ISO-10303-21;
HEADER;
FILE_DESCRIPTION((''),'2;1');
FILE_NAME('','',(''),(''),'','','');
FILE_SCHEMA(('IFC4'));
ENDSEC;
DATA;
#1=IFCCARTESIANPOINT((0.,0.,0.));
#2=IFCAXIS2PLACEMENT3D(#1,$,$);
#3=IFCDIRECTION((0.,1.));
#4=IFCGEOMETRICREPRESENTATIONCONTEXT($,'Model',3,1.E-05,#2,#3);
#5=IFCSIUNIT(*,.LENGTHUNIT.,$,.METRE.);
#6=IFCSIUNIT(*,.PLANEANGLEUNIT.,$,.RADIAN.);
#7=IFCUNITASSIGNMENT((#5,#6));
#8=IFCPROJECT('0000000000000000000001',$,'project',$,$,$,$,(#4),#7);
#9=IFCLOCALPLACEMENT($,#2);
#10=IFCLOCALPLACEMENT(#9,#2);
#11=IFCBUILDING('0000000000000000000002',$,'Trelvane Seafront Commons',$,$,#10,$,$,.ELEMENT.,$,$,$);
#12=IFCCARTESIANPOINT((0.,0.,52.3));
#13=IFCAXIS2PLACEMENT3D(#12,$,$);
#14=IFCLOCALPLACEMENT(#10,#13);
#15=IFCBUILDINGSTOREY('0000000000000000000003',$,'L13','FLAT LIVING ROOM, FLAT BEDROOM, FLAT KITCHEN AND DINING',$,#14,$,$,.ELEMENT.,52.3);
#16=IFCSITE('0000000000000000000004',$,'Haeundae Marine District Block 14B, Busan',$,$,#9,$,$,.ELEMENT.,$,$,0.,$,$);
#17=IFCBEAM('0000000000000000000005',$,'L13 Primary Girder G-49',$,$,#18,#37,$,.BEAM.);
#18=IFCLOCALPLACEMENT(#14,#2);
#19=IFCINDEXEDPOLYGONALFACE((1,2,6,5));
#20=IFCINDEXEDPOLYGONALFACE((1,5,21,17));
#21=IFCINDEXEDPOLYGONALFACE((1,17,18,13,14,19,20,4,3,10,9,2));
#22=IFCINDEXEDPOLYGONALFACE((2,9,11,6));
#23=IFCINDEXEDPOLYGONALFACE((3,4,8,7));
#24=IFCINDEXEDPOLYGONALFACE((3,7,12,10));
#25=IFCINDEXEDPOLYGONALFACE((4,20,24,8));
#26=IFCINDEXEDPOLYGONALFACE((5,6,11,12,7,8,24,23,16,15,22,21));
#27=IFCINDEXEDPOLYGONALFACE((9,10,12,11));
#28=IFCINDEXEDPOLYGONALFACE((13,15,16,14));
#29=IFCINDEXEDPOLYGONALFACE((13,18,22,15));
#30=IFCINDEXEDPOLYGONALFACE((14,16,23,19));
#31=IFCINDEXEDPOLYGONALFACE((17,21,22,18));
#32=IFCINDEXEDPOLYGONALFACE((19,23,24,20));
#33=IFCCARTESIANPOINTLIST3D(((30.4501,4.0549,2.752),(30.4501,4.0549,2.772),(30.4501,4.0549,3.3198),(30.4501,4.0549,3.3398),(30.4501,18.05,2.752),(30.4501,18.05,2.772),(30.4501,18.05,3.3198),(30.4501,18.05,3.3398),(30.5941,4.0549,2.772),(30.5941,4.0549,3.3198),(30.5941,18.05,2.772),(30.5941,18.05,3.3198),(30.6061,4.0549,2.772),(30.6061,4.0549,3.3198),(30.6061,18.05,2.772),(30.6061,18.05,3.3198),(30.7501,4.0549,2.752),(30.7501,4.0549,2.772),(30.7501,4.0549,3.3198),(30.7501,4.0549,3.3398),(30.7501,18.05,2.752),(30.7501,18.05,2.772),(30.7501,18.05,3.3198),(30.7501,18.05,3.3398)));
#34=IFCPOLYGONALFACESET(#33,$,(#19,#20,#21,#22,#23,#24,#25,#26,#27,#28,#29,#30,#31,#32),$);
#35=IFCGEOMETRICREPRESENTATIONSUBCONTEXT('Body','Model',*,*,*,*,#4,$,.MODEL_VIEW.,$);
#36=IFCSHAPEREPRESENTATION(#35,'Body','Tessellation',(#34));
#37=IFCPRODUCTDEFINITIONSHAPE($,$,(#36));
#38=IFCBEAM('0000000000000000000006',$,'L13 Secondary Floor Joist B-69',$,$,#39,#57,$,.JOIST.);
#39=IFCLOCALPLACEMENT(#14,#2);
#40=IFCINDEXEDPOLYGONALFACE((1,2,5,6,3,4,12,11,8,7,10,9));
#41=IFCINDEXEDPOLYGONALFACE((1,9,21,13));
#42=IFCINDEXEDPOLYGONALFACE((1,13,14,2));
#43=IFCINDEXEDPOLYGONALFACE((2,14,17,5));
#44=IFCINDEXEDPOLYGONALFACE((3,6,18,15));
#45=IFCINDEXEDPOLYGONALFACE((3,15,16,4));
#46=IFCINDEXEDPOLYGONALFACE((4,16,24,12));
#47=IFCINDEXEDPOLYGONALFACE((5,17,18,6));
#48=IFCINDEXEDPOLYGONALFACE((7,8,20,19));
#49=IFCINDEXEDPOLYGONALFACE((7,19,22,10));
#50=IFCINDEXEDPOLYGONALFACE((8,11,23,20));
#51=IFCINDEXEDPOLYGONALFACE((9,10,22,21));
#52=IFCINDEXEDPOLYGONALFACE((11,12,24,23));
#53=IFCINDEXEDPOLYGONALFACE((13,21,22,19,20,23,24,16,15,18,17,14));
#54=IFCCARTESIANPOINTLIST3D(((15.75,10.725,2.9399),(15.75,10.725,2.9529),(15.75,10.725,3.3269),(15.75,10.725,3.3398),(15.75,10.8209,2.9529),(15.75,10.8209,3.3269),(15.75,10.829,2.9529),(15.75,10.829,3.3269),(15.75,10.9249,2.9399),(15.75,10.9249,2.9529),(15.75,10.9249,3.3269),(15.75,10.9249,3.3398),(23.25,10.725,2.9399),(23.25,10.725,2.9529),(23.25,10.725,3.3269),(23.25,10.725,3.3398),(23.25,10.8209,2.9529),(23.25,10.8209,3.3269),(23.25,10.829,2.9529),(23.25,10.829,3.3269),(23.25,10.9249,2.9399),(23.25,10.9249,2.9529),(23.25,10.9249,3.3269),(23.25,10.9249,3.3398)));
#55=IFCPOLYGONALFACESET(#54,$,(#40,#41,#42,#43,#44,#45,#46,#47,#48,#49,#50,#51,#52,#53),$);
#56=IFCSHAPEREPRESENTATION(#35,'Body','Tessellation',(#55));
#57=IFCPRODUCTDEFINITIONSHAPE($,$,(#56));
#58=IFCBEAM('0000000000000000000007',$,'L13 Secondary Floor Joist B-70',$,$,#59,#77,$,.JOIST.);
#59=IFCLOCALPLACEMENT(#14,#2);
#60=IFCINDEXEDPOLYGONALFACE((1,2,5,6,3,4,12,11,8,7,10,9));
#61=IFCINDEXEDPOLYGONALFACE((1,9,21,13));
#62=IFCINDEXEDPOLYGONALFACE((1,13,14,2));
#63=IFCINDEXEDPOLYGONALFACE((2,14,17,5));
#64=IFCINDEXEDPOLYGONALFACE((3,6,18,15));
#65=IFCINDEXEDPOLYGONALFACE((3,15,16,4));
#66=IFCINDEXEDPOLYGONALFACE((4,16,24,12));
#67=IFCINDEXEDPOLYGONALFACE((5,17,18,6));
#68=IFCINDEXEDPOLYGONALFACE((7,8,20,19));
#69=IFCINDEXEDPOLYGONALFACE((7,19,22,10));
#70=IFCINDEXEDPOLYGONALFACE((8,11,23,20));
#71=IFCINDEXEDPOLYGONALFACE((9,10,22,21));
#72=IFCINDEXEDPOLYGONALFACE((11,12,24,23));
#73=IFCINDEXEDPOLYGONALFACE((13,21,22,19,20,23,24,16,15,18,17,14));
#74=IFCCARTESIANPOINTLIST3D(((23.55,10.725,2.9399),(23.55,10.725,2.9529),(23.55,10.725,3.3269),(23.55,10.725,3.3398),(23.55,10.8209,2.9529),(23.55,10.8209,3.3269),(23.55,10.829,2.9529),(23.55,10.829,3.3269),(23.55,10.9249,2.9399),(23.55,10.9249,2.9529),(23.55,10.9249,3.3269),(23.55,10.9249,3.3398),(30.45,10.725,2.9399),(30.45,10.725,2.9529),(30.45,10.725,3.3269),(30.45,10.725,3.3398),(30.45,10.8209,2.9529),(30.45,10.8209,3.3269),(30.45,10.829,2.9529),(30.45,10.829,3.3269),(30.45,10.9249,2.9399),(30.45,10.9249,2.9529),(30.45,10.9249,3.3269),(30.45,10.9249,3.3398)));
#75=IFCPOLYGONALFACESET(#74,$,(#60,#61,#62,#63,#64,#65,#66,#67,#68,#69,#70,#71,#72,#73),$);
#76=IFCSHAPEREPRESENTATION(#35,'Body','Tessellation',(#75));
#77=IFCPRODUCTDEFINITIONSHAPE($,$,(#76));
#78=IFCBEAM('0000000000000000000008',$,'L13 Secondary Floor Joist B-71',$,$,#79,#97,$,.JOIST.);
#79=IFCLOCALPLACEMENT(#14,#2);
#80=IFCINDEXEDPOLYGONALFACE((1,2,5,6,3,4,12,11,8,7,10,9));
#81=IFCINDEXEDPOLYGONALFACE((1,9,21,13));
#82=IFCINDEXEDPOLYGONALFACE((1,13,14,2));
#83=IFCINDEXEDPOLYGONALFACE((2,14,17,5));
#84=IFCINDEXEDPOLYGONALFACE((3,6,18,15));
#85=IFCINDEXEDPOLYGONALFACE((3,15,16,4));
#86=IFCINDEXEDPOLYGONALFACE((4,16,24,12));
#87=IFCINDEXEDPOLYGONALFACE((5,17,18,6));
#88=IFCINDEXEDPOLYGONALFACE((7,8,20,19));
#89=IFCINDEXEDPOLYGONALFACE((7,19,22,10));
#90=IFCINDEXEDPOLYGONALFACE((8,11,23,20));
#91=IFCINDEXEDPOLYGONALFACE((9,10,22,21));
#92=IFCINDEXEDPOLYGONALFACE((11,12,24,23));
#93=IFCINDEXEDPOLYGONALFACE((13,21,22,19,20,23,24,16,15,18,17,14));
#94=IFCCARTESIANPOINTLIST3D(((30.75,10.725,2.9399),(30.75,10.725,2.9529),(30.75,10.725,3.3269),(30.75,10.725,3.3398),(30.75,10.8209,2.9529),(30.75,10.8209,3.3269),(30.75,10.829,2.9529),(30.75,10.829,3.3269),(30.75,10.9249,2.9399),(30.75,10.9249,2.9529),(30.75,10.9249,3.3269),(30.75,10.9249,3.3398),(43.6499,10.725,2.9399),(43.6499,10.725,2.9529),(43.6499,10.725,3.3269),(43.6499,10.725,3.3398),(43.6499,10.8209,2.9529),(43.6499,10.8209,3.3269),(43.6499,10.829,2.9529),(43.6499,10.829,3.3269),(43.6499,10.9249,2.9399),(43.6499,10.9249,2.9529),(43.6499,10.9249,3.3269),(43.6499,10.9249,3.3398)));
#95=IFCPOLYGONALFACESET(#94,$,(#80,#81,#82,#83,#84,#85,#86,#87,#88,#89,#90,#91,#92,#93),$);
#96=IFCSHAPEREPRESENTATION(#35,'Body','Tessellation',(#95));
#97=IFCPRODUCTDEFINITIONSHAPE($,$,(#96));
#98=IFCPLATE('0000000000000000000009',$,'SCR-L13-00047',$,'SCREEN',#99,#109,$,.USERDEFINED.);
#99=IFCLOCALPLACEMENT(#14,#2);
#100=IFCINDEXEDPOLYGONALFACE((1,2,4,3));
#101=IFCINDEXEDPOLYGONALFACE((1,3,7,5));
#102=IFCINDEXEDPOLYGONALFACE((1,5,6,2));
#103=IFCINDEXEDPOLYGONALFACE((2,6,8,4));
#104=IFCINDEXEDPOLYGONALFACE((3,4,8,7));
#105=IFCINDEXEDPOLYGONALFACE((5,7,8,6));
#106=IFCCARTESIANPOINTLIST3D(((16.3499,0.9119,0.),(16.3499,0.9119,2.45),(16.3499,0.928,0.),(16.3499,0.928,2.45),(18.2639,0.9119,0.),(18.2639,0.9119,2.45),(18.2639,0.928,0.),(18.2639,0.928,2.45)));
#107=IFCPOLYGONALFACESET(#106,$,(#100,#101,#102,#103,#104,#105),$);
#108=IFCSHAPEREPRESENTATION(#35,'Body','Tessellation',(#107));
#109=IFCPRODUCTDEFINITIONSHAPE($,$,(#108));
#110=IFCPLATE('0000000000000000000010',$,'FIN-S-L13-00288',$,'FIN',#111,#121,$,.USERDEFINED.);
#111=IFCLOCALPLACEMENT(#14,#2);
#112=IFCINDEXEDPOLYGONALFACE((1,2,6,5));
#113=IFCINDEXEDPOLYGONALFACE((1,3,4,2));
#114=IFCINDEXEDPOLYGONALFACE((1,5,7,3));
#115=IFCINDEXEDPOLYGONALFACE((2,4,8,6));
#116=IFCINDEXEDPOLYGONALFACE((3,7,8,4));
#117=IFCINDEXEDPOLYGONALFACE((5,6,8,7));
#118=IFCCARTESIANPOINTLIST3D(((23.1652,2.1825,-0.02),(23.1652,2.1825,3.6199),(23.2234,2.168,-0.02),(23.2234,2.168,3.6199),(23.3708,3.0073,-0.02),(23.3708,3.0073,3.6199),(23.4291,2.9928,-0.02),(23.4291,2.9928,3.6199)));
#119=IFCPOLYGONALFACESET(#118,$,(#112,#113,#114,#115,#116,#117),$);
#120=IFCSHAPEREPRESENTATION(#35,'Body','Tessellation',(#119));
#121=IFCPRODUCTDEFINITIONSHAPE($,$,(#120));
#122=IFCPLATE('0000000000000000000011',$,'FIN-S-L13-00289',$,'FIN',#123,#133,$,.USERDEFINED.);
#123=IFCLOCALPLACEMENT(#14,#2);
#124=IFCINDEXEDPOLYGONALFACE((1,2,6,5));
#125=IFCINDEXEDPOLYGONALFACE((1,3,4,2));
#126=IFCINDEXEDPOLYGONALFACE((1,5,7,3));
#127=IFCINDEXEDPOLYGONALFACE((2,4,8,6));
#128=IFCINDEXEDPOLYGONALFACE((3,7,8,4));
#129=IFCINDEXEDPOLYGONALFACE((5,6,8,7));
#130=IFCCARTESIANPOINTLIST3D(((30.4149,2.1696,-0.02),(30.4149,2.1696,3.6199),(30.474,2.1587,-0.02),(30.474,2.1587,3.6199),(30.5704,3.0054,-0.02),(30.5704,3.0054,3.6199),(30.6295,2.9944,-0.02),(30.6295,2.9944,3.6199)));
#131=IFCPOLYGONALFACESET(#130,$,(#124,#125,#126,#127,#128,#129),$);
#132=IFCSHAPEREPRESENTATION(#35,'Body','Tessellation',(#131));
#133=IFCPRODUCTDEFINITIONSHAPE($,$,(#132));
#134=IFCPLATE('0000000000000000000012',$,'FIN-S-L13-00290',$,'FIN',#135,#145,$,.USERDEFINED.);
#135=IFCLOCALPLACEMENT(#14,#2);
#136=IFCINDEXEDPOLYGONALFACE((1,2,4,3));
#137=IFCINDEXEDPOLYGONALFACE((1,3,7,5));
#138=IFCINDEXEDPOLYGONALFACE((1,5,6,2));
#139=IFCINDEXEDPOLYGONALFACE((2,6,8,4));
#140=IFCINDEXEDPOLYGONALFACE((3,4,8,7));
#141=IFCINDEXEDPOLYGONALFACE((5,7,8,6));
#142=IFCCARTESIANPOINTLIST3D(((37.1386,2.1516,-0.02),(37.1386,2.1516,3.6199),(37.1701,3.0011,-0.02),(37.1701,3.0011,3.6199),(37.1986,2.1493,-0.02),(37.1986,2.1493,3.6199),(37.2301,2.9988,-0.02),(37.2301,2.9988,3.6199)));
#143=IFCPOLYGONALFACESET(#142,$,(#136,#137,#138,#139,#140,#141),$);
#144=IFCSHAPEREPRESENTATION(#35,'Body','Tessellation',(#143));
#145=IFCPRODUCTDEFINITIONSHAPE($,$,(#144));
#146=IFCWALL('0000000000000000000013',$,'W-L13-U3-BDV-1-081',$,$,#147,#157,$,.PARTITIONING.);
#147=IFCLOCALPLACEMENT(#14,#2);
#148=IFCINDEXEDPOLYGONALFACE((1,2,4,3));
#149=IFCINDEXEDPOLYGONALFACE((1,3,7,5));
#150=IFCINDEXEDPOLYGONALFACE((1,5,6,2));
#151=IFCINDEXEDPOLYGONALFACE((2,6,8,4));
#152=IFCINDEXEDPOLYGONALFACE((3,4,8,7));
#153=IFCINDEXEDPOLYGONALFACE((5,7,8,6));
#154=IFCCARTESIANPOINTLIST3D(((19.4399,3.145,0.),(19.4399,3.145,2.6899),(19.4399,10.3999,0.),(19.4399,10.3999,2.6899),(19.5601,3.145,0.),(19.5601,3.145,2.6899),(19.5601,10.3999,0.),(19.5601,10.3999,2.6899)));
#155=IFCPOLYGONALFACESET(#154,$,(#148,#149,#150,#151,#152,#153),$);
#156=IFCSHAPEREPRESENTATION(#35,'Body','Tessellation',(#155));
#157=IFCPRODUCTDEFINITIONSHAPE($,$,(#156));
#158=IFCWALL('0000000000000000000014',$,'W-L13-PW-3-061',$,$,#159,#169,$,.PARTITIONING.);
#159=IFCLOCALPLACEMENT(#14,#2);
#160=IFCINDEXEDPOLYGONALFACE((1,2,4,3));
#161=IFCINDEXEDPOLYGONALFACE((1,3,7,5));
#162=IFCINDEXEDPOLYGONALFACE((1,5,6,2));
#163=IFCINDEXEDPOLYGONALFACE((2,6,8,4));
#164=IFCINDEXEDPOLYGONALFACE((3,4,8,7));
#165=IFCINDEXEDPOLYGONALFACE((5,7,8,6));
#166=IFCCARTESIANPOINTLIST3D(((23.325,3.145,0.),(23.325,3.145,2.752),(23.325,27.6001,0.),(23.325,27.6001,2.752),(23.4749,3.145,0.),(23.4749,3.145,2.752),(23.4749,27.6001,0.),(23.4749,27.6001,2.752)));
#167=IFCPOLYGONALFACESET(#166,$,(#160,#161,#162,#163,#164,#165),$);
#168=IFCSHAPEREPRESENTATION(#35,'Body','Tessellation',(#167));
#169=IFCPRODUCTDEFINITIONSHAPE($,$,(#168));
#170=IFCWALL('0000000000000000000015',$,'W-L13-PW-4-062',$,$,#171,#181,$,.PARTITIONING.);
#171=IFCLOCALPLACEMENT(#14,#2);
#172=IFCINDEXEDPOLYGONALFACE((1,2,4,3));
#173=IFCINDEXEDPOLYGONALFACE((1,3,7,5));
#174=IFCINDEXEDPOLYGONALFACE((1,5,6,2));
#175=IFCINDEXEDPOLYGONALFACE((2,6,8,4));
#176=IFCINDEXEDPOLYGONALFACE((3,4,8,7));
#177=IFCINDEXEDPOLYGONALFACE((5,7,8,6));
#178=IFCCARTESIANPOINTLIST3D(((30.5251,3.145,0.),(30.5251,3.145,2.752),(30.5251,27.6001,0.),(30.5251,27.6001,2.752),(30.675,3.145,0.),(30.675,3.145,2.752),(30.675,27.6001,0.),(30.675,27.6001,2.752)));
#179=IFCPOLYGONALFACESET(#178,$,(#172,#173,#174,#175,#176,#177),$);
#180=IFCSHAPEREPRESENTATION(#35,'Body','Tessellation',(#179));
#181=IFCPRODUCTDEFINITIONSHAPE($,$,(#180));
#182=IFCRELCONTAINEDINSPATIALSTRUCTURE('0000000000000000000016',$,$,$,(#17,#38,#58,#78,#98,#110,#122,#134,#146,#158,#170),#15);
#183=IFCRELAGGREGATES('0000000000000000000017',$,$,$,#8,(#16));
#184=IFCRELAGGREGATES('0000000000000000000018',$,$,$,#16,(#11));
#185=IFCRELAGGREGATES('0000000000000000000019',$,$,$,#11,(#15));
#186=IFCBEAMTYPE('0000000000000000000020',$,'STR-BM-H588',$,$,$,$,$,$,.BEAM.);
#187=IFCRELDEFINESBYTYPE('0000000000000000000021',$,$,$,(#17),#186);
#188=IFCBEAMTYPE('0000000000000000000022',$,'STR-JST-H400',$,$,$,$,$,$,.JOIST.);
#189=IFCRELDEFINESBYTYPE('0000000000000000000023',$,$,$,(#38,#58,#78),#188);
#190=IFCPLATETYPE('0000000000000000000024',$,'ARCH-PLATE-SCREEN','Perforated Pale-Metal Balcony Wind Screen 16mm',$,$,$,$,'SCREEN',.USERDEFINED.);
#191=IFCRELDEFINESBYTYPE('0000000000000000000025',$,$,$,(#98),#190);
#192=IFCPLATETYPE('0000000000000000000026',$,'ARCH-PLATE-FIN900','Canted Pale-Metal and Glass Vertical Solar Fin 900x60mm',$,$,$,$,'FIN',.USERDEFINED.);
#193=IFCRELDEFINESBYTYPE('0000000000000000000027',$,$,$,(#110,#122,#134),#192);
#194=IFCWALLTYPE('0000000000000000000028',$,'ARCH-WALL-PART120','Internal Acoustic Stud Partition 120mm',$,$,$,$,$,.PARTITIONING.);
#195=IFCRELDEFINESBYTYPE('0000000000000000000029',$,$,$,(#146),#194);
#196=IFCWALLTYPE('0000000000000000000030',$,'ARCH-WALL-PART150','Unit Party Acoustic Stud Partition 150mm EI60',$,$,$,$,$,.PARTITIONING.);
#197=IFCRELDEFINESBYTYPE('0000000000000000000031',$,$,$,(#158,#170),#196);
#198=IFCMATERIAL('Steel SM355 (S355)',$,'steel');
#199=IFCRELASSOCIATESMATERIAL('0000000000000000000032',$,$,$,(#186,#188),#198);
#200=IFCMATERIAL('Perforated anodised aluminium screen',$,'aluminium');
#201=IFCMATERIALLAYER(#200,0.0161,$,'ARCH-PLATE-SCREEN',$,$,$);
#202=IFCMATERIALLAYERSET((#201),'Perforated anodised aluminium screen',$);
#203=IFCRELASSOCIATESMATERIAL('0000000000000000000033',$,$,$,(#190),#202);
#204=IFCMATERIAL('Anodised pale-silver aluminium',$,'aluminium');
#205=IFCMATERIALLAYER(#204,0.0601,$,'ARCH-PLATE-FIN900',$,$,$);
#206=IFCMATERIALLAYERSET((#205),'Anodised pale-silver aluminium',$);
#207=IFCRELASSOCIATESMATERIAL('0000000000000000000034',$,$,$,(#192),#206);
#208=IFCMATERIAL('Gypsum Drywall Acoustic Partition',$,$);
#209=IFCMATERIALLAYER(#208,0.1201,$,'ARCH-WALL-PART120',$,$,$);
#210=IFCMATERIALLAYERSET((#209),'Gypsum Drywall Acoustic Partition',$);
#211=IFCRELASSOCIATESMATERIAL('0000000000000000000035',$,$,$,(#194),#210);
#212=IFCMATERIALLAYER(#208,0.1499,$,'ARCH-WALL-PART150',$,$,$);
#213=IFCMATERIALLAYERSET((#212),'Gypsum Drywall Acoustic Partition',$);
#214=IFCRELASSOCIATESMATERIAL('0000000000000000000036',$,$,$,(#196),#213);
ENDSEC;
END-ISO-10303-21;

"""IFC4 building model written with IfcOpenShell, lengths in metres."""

from ifc_helpers import new_model, si_unit, direction, frame, frame_2d, origin, origin_2d, place, context, subcontext, project, spatial, rectangle, i_section, extrude, source, transform, mapped, material, layer, layer_set, material_profile, profile_set, type_object, element, save


model = new_model("IFC4")

# Units and contexts
model_context = context("Model", 3, precision=1e-05, world=origin(), true_north=direction((0.0, 1.0)))
body_context = subcontext(model_context, "Body", "Model", "MODEL_VIEW")
ifc_project = project(units=[si_unit("LENGTHUNIT", "METRE"), si_unit("PLANEANGLEUNIT", "RADIAN")], contexts=[model_context])

# Site, building, storey
site_placement = place(None, origin())
site = spatial("IfcSite", under=ifc_project, at=site_placement, Name="Haeundae Marine District Block 14B, Busan", CompositionType="ELEMENT", RefElevation=0.0)
building_placement = place(site_placement, origin())
building = spatial("IfcBuilding", under=site, at=building_placement, Name="Trelvane Seafront Commons", CompositionType="ELEMENT")
storey_placement = place(building_placement, frame((0.0, 0.0, 52.3)))
storey = spatial("IfcBuildingStorey", under=building, at=storey_placement, Name="L13", Description="FLAT LIVING ROOM, FLAT BEDROOM, FLAT KITCHEN AND DINING", CompositionType="ELEMENT", Elevation=52.3)

# Shared definitions
ifc_material_1 = material(Name="Steel SM355 (S355)", Category="steel")

# Beams
ifc_material_profile_1 = material_profile(ifc_material_1, i_section(OverallWidth=0.3, OverallDepth=0.5879, WebThickness=0.012, FlangeThickness=0.02, at=origin_2d()), Name="H-588x300x12x20")
ifc_profile_set_1 = profile_set([ifc_material_profile_1], Name="Steel SM355 (S355)")
beam_type_1 = type_object("IfcBeamType", Name="STR-BM-H588", PredefinedType="BEAM", material=ifc_profile_set_1)
shared_shape_1 = source(origin(), body_context, "Body", "SweptSolid", [
    extrude(i_section(OverallWidth=0.3, OverallDepth=0.5879, WebThickness=0.012, FlangeThickness=0.02, at=origin_2d()), origin(), (0.0, 0.0, 1.0), 13.9951),
])
beam_1_placement = place(storey_placement, frame((30.6001, 4.0549, 3.0459), z_axis=(0.0, 1.0, 0.0), x_axis=(-1.0, 0.0, 0.0)))
element("IfcBeam", 1, at=beam_1_placement, inside=storey, type_object=beam_type_1, Name="L13 Primary Girder G-49", PredefinedType="BEAM", context=body_context, shape_type="MappedRepresentation", body=[
    mapped(shared_shape_1, transform((0.0, 0.0, 0.0), x_axis=(1.0, 0.0, 0.0), y_axis=(0.0, 1.0, 0.0), z_axis=(0.0, 0.0, 1.0), scale=1.0)),
])
ifc_material_profile_2 = material_profile(ifc_material_1, i_section(OverallWidth=0.2, OverallDepth=0.3999, WebThickness=0.0081, FlangeThickness=0.0129, at=origin_2d()), Name="H-400x200x8x13")
ifc_profile_set_2 = profile_set([ifc_material_profile_2], Name="Steel SM355 (S355)")
beam_type_2 = type_object("IfcBeamType", Name="STR-JST-H400", PredefinedType="JOIST", material=ifc_profile_set_2)
shared_shape_2 = source(origin(), body_context, "Body", "SweptSolid", [
    extrude(i_section(OverallWidth=0.2, OverallDepth=0.3999, WebThickness=0.0081, FlangeThickness=0.0129, at=origin_2d()), origin(), (0.0, 0.0, 1.0), 7.5),
])
beam_2_placement = place(storey_placement, frame((15.75, 10.825, 3.1399), z_axis=(1.0, 0.0, 0.0), x_axis=(0.0, 1.0, 0.0)))
element("IfcBeam", 2, at=beam_2_placement, inside=storey, type_object=beam_type_2, Name="L13 Secondary Floor Joist B-69", PredefinedType="JOIST", context=body_context, shape_type="MappedRepresentation", body=[
    mapped(shared_shape_2, transform((0.0, 0.0, 0.0), x_axis=(1.0, 0.0, 0.0), y_axis=(0.0, 1.0, 0.0), z_axis=(0.0, 0.0, 1.0), scale=1.0)),
])
shared_shape_3 = source(origin(), body_context, "Body", "SweptSolid", [
    extrude(i_section(OverallWidth=0.2, OverallDepth=0.3999, WebThickness=0.0081, FlangeThickness=0.0129, at=origin_2d()), origin(), (0.0, 0.0, 1.0), 6.8999),
])
beam_3_placement = place(storey_placement, frame((23.55, 10.825, 3.1399), z_axis=(1.0, 0.0, 0.0), x_axis=(0.0, 1.0, 0.0)))
element("IfcBeam", 3, at=beam_3_placement, inside=storey, type_object=beam_type_2, Name="L13 Secondary Floor Joist B-70", PredefinedType="JOIST", context=body_context, shape_type="MappedRepresentation", body=[
    mapped(shared_shape_3, transform((0.0, 0.0, 0.0), x_axis=(1.0, 0.0, 0.0), y_axis=(0.0, 1.0, 0.0), z_axis=(0.0, 0.0, 1.0), scale=1.0)),
])
shared_shape_4 = source(origin(), body_context, "Body", "SweptSolid", [
    extrude(i_section(OverallWidth=0.2, OverallDepth=0.3999, WebThickness=0.0081, FlangeThickness=0.0129, at=origin_2d()), origin(), (0.0, 0.0, 1.0), 12.8999),
])
beam_4_placement = place(storey_placement, frame((30.75, 10.825, 3.1399), z_axis=(1.0, 0.0, 0.0), x_axis=(0.0, 1.0, 0.0)))
element("IfcBeam", 4, at=beam_4_placement, inside=storey, type_object=beam_type_2, Name="L13 Secondary Floor Joist B-71", PredefinedType="JOIST", context=body_context, shape_type="MappedRepresentation", body=[
    mapped(shared_shape_4, transform((0.0, 0.0, 0.0), x_axis=(1.0, 0.0, 0.0), y_axis=(0.0, 1.0, 0.0), z_axis=(0.0, 0.0, 1.0), scale=1.0)),
])

# Plates
ifc_material_2 = material(Name="Perforated anodised aluminium screen", Category="aluminium")
ifc_layer_1 = layer(ifc_material_2, 0.0161, Name="ARCH-PLATE-SCREEN")
ifc_layer_set_1 = layer_set([ifc_layer_1], Name="Perforated anodised aluminium screen")
plate_type_1 = type_object("IfcPlateType", Name="ARCH-PLATE-SCREEN", Description="Perforated Pale-Metal Balcony Wind Screen 16mm", ElementType="SCREEN", PredefinedType="USERDEFINED", material=ifc_layer_set_1)
shared_shape_5 = source(origin(), body_context, "Body", "SweptSolid", [
    extrude(rectangle(XDim=1.9141, YDim=0.0161, at=origin_2d()), origin(), (0.0, 0.0, 1.0), 2.45),
])
plate_placement = place(storey_placement, frame((17.3069, 0.9199, 0.0), z_axis=(0.0, 0.0, 1.0), x_axis=(1.0, 0.0, 0.0)))
element("IfcPlate", 5, at=plate_placement, inside=storey, type_object=plate_type_1, Name="SCR-L13-00047", ObjectType="SCREEN", PredefinedType="USERDEFINED", context=body_context, shape_type="MappedRepresentation", body=[
    mapped(shared_shape_5, transform((0.0, 0.0, 0.0), x_axis=(1.0, 0.0, 0.0), y_axis=(0.0, 1.0, 0.0), z_axis=(0.0, 0.0, 1.0), scale=1.0)),
])
ifc_material_3 = material(Name="Anodised pale-silver aluminium", Category="aluminium")
ifc_layer_2 = layer(ifc_material_3, 0.0601, Name="ARCH-PLATE-FIN900")
ifc_layer_set_2 = layer_set([ifc_layer_2], Name="Anodised pale-silver aluminium")
plate_type_2 = type_object("IfcPlateType", Name="ARCH-PLATE-FIN900", Description="Canted Pale-Metal and Glass Vertical Solar Fin 900x60mm", ElementType="FIN", PredefinedType="USERDEFINED", material=ifc_layer_set_2)
shared_shape_6 = source(origin(), body_context, "Body", "SweptSolid", [
    extrude(rectangle(XDim=0.8501, YDim=0.0601, at=origin_2d()), origin(), (0.0, 0.0, 1.0), 3.6399),
])
for number, where, z_axis, x_axis, name in (
    (6, (23.2971, 2.5876, -0.02), (0.0, 0.0, 1.0), (-0.241871, -0.970308, 0.0), "FIN-S-L13-00288"),
    (7, (30.5222, 2.582, -0.02), (0.0, 0.0, 1.0), (-0.182932, -0.983126, 0.0), "FIN-S-L13-00289"),
    (8, (37.1843, 2.5752, -0.02), (0.0, 0.0, 1.0), (-0.037059, -0.999313, 0.0), "FIN-S-L13-00290"),
):
    element("IfcPlate", number, at=place(storey_placement, frame(where, z_axis=z_axis, x_axis=x_axis)), inside=storey, type_object=plate_type_2, Name=name, ObjectType="FIN", PredefinedType="USERDEFINED", context=body_context, shape_type="MappedRepresentation", body=[
        mapped(shared_shape_6, transform((0.0, 0.0, 0.0), x_axis=(1.0, 0.0, 0.0), y_axis=(0.0, 1.0, 0.0), z_axis=(0.0, 0.0, 1.0), scale=1.0)),
    ])

# Shared definitions
ifc_material_4 = material(Name="Gypsum Drywall Acoustic Partition")
ifc_layer_3 = layer(ifc_material_4, 0.1201, Name="ARCH-WALL-PART120")
ifc_layer_set_3 = layer_set([ifc_layer_3], Name="Gypsum Drywall Acoustic Partition")
wall_type_1 = type_object("IfcWallType", Name="ARCH-WALL-PART120", Description="Internal Acoustic Stud Partition 120mm", PredefinedType="PARTITIONING", material=ifc_layer_set_3)

# Walls
wall_1_placement = place(storey_placement, frame((19.5, 3.145, 0.0), z_axis=(0.0, 0.0, 1.0), x_axis=(0.0, 1.0, 0.0)))
element("IfcWall", 9, at=wall_1_placement, inside=storey, type_object=wall_type_1, Name="W-L13-U3-BDV-1-081", PredefinedType="PARTITIONING", context=body_context, shape_type="SweptSolid", body=[
    extrude(rectangle(XDim=7.2549, YDim=0.1201, at=frame_2d((3.6274, 0.0))), origin(), (0.0, 0.0, 1.0), 2.6899),
])
ifc_layer_4 = layer(ifc_material_4, 0.1499, Name="ARCH-WALL-PART150")
ifc_layer_set_4 = layer_set([ifc_layer_4], Name="Gypsum Drywall Acoustic Partition")
wall_type_2 = type_object("IfcWallType", Name="ARCH-WALL-PART150", Description="Unit Party Acoustic Stud Partition 150mm EI60", PredefinedType="PARTITIONING", material=ifc_layer_set_4)
for number, where, z_axis, x_axis, name in (
    (10, (23.3999, 3.145, 0.0), (0.0, 0.0, 1.0), (0.0, 1.0, 0.0), "W-L13-PW-3-061"),
    (11, (30.6001, 3.145, 0.0), (0.0, 0.0, 1.0), (0.0, 1.0, 0.0), "W-L13-PW-4-062"),
):
    element("IfcWall", number, at=place(storey_placement, frame(where, z_axis=z_axis, x_axis=x_axis)), inside=storey, type_object=wall_type_2, Name=name, PredefinedType="PARTITIONING", context=body_context, shape_type="SweptSolid", body=[
        extrude(rectangle(XDim=24.4551, YDim=0.1499, at=frame_2d((12.2275, 0.0))), origin(), (0.0, 0.0, 1.0), 2.752),
    ])

save(model, "model.ifc")
